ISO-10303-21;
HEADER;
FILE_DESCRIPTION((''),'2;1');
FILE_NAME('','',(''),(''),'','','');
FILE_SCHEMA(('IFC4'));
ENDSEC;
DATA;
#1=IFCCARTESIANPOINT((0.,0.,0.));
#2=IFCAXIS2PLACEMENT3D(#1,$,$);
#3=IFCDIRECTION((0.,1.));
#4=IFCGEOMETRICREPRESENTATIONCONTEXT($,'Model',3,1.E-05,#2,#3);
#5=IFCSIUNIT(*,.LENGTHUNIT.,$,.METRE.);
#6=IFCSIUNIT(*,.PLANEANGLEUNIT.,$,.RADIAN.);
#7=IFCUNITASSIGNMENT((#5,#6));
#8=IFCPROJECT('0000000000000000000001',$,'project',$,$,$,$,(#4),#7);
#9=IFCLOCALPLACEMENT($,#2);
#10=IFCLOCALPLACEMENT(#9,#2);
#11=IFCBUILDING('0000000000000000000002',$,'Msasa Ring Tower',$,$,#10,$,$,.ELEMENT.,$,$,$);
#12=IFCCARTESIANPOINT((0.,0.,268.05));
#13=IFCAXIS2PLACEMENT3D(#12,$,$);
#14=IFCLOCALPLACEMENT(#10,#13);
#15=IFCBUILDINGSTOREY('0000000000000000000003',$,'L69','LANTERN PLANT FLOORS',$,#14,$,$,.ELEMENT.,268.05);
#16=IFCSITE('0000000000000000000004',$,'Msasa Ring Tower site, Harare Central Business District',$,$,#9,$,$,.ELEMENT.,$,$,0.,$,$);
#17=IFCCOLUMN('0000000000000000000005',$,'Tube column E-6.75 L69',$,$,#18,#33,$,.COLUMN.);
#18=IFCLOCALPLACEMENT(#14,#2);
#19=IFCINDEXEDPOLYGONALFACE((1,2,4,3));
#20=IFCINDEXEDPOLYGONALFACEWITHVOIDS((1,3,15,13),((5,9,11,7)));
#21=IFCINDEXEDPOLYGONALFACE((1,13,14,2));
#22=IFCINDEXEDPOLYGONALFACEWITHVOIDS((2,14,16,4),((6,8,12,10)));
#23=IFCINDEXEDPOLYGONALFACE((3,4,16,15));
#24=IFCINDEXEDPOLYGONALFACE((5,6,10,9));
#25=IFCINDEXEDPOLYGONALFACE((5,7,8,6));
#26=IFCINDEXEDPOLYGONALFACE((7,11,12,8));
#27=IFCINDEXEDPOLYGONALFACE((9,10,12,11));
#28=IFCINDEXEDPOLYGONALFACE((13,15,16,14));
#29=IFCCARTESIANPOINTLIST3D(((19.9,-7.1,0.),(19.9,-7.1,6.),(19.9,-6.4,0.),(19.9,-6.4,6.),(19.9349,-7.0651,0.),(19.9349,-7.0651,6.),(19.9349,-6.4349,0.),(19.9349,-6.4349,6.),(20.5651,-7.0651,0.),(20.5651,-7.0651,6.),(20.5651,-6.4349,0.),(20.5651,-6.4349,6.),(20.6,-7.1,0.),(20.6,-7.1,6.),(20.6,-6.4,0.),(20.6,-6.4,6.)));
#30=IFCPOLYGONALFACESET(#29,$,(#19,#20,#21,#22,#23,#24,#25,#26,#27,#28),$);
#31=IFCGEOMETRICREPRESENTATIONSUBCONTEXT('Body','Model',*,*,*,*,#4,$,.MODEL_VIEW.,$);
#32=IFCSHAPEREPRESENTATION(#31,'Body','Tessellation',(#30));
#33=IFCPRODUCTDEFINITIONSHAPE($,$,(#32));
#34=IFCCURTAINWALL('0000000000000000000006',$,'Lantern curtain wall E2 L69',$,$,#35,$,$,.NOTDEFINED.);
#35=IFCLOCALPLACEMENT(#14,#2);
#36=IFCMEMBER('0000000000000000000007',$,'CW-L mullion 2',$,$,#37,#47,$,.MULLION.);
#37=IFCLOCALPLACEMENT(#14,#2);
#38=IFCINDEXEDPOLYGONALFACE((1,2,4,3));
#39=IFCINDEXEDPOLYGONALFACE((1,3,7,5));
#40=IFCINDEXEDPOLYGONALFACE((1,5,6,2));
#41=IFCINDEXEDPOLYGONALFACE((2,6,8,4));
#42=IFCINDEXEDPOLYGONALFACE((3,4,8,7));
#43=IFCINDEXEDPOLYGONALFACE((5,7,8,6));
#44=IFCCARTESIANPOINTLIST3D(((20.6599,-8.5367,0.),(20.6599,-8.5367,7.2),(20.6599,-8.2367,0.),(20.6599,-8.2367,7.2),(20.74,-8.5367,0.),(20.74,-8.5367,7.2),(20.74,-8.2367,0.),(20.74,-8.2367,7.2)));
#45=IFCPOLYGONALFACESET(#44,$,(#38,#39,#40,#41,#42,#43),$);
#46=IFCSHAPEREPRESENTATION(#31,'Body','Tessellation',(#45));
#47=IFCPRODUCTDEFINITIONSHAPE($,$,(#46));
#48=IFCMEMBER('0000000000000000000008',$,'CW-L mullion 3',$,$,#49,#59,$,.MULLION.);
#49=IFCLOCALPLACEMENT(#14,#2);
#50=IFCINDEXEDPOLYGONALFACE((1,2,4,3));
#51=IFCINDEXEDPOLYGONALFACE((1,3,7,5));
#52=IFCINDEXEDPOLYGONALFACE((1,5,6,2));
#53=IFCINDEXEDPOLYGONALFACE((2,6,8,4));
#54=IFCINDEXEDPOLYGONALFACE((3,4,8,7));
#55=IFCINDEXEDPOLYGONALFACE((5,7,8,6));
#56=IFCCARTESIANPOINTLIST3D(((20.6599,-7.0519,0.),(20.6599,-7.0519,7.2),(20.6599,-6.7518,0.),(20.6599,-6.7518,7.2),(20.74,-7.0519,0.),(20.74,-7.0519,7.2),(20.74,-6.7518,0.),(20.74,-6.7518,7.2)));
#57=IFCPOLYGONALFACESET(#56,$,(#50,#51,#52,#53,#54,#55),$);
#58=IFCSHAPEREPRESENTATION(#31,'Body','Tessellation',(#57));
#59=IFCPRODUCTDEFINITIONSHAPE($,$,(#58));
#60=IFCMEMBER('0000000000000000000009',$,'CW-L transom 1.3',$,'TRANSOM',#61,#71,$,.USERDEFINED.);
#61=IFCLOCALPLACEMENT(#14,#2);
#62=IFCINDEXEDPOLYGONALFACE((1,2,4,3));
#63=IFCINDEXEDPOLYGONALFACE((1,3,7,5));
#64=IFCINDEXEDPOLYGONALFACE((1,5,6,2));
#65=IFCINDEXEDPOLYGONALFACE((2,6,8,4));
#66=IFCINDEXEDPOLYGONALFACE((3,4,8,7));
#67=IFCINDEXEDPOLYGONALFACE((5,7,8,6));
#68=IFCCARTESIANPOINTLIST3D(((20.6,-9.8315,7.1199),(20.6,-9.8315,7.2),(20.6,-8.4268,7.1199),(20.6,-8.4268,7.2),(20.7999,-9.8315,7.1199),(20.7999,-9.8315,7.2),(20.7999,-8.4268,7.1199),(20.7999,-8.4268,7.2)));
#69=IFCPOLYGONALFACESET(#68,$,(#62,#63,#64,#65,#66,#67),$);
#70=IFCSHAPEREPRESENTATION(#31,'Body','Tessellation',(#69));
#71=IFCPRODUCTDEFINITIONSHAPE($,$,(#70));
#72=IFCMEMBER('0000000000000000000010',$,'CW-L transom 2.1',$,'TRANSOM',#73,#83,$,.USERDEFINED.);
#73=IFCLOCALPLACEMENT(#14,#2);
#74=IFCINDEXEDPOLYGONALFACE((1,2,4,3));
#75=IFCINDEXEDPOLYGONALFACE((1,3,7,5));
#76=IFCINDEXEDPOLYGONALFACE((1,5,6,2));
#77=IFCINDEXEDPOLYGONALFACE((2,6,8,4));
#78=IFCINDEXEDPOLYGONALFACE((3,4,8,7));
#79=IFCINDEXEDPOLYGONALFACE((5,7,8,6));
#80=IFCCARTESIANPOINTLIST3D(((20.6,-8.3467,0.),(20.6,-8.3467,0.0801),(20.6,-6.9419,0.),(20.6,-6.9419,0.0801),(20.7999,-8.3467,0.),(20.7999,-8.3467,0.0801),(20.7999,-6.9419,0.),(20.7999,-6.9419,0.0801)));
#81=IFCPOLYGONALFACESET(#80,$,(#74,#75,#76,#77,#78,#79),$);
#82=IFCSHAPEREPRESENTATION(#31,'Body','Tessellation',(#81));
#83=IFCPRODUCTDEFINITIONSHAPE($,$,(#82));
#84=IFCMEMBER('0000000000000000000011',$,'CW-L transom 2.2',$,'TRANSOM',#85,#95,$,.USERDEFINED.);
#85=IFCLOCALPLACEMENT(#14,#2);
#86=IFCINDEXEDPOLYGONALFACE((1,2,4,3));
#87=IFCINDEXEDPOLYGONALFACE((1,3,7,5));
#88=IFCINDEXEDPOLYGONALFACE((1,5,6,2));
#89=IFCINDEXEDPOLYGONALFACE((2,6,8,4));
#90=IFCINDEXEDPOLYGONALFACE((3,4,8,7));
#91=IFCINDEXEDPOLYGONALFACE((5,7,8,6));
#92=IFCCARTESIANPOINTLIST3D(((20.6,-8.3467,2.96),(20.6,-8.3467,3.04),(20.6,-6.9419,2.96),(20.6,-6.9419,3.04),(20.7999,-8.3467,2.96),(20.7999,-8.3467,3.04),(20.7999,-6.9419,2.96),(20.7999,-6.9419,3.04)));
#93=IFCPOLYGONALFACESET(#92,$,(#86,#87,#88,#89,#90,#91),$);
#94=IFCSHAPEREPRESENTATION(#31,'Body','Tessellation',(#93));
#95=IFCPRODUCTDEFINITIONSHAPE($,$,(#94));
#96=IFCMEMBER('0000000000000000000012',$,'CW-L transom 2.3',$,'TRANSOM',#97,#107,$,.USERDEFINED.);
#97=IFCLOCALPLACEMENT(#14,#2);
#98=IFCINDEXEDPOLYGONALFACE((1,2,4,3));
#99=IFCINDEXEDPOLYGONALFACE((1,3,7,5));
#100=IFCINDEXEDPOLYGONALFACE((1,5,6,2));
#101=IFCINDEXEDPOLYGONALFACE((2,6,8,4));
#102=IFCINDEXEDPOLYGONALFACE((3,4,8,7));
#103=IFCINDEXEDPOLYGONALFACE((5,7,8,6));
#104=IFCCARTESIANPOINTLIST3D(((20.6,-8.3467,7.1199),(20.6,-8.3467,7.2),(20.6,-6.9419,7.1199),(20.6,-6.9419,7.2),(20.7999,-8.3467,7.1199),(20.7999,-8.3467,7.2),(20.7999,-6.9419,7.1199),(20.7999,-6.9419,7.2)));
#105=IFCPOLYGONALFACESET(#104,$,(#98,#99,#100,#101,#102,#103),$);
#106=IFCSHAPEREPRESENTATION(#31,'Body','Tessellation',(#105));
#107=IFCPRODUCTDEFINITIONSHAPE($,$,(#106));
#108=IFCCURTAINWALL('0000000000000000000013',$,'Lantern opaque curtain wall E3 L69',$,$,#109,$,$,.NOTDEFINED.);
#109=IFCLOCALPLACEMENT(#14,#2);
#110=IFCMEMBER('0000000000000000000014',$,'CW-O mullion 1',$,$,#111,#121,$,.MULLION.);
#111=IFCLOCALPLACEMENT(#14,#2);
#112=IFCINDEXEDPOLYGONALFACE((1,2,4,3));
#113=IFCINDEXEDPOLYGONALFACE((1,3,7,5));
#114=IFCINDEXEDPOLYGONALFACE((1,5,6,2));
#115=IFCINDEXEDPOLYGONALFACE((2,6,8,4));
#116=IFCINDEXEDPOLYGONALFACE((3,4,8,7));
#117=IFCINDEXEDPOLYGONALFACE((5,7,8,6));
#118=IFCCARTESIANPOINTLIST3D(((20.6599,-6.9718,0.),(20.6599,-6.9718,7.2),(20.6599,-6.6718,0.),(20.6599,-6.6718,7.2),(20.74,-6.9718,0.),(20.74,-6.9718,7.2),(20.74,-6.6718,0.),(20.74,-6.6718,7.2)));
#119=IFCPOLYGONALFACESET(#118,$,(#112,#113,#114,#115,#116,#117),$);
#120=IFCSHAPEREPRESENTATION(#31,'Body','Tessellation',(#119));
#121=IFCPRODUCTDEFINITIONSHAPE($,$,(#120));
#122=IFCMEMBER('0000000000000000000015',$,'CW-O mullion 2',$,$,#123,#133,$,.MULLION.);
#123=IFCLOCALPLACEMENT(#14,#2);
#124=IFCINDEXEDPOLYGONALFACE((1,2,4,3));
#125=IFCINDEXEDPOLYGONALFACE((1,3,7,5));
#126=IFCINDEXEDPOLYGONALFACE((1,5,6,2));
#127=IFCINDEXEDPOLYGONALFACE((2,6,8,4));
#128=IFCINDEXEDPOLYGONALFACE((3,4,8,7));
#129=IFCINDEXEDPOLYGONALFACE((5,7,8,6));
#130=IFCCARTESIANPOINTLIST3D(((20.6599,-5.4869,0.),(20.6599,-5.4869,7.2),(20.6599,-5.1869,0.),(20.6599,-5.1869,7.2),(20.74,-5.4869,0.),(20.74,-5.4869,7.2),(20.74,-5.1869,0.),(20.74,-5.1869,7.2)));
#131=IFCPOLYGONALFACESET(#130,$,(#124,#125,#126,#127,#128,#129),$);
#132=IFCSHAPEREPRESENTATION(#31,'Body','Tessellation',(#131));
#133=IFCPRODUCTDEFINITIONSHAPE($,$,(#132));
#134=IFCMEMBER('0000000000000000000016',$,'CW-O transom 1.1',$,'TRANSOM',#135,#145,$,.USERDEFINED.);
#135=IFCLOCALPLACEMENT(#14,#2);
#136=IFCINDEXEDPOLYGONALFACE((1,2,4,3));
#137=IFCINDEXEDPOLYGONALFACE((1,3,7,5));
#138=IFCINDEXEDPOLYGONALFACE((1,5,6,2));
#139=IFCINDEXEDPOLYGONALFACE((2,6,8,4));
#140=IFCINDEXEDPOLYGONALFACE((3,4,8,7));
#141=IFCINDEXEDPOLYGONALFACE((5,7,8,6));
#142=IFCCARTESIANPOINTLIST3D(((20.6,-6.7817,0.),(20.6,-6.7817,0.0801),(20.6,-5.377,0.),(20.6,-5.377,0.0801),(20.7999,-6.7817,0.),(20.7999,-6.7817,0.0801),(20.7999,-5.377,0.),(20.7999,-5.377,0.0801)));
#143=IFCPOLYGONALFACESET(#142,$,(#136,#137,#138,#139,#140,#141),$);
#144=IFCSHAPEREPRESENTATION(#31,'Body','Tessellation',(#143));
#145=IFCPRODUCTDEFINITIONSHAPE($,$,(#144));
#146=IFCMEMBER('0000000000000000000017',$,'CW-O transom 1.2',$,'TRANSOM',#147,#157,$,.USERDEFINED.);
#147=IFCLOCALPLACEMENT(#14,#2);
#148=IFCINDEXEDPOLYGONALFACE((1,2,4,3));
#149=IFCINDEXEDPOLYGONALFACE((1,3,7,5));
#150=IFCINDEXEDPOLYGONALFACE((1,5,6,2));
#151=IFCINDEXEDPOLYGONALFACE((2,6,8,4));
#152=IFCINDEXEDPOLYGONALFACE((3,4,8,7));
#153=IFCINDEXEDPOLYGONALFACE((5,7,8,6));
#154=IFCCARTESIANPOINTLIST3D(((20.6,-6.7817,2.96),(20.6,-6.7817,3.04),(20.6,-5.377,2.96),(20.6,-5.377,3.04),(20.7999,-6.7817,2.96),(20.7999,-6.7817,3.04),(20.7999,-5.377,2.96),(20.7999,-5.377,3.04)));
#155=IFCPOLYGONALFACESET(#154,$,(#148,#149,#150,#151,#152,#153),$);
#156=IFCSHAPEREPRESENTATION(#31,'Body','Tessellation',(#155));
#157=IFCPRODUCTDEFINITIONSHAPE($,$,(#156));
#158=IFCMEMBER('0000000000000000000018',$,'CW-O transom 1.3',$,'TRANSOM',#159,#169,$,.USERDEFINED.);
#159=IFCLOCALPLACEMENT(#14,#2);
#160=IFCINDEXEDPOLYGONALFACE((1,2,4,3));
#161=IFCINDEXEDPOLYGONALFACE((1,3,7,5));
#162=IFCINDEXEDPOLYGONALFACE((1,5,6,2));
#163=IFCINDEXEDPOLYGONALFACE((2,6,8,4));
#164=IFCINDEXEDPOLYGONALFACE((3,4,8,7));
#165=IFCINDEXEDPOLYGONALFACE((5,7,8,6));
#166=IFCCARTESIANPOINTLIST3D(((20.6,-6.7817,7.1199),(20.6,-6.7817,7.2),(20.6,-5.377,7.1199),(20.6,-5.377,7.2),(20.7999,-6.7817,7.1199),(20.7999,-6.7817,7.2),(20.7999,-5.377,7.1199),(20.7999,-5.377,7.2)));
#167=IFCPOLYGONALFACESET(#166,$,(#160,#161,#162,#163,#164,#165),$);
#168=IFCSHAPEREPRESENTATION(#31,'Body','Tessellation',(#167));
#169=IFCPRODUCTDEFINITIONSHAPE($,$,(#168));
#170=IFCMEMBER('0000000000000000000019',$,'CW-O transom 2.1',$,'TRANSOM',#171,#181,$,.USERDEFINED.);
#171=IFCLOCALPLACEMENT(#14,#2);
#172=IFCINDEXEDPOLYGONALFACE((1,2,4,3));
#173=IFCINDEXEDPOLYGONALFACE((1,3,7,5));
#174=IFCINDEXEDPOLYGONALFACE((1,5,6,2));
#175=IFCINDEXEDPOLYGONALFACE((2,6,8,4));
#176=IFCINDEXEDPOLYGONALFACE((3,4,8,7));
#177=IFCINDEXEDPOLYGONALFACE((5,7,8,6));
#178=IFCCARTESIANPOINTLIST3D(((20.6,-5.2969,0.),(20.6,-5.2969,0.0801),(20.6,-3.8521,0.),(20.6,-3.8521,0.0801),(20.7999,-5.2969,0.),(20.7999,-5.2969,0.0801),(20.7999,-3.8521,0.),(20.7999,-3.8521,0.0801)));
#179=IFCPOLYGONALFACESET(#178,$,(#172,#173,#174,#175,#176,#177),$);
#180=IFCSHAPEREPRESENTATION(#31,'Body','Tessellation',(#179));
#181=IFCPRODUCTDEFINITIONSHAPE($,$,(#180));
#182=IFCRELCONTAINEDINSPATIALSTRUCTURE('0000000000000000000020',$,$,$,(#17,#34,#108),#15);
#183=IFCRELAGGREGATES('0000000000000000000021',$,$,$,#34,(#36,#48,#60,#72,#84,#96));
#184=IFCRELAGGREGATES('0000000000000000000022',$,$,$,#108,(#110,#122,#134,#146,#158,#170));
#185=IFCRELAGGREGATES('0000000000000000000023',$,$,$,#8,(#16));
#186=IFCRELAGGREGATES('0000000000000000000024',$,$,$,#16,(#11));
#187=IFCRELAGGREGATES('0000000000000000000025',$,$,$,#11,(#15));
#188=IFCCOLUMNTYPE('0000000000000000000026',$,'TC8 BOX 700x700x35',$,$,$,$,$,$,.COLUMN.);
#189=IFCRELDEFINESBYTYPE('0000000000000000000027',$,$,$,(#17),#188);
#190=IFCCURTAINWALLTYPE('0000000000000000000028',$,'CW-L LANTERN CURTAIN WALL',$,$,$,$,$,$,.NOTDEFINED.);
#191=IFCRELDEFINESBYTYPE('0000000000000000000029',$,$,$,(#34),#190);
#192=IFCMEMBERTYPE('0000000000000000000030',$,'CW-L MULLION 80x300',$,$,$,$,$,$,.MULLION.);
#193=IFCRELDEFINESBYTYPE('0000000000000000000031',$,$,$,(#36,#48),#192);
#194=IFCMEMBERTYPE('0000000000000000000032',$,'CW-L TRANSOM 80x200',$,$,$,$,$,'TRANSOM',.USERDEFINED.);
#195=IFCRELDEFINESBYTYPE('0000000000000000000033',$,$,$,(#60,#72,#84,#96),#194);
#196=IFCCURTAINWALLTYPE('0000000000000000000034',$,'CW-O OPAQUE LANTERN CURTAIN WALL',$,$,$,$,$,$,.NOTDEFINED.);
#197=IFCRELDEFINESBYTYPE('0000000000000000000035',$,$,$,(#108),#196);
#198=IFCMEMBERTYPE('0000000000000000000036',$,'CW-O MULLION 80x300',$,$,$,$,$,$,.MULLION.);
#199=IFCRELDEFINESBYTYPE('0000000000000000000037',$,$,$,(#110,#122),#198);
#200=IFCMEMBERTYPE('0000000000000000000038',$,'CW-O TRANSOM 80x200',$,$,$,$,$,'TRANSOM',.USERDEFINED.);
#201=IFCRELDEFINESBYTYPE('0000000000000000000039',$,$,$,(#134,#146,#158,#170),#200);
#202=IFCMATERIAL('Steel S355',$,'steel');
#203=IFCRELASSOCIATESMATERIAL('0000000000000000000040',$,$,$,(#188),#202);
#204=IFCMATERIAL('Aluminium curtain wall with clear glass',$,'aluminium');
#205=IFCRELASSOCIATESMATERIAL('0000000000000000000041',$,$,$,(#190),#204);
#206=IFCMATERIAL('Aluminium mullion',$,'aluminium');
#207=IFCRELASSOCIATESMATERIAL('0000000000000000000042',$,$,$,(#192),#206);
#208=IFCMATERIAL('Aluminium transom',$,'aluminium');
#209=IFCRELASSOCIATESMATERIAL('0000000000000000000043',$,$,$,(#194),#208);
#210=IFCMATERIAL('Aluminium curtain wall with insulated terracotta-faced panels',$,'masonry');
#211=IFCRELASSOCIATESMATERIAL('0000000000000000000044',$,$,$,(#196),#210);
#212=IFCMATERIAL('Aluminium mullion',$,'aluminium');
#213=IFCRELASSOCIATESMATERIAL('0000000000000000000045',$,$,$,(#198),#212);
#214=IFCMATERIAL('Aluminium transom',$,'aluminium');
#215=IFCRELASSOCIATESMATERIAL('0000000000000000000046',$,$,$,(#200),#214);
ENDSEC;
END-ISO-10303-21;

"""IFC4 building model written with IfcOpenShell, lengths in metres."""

from ifc_helpers import new_model, si_unit, direction, frame, origin, origin_2d, place, context, subcontext, project, spatial, rectangle, hollow_rectangle, extrude, material, material_profile, profile_set, type_object, element, aggregate, save


model = new_model("IFC4")

# Units and contexts
model_context = context("Model", 3, precision=1e-05, world=origin(), true_north=direction((0.0, 1.0)))
body_context = subcontext(model_context, "Body", "Model", "MODEL_VIEW")
ifc_project = project(units=[si_unit("LENGTHUNIT", "METRE"), si_unit("PLANEANGLEUNIT", "RADIAN")], contexts=[model_context])

# Site, building, storey
site_placement = place(None, origin())
site = spatial("IfcSite", under=ifc_project, at=site_placement, Name="Msasa Ring Tower site, Harare Central Business District", CompositionType="ELEMENT", RefElevation=0.0)
building_placement = place(site_placement, origin())
building = spatial("IfcBuilding", under=site, at=building_placement, Name="Msasa Ring Tower", CompositionType="ELEMENT")
storey_placement = place(building_placement, frame((0.0, 0.0, 268.05)))
storey = spatial("IfcBuildingStorey", under=building, at=storey_placement, Name="L69", Description="LANTERN PLANT FLOORS", CompositionType="ELEMENT", Elevation=268.05)

# Column
ifc_material_1 = material(Name="Steel S355", Category="steel")
ifc_material_profile_1 = material_profile(ifc_material_1, hollow_rectangle(XDim=0.7, YDim=0.7, WallThickness=0.0349, at=origin_2d()), Name="BOX 700x700x35")
ifc_profile_set_1 = profile_set([ifc_material_profile_1], Name="Steel S355")
column_type = type_object("IfcColumnType", Name="TC8 BOX 700x700x35", PredefinedType="COLUMN", material=ifc_profile_set_1)
column_placement = place(storey_placement, frame((20.25, -6.75, 0.0), z_axis=(0.0, 0.0, 1.0), x_axis=(1.0, 0.0, 0.0)))
element("IfcColumn", 1, at=column_placement, inside=storey, type_object=column_type, Name="Tube column E-6.75 L69", PredefinedType="COLUMN", context=body_context, shape_type="SweptSolid", body=[
    extrude(hollow_rectangle(XDim=0.7, YDim=0.7, WallThickness=0.0349, at=origin_2d()), origin(), (0.0, 0.0, 1.0), 6.0),
])

# Curtain walls, members
ifc_material_2 = material(Name="Aluminium curtain wall with clear glass", Category="aluminium")
curtain_wall_type_1 = type_object("IfcCurtainWallType", Name="CW-L LANTERN CURTAIN WALL", PredefinedType="NOTDEFINED", material=ifc_material_2)
curtain_wall_1_placement = place(storey_placement, origin())
curtain_wall_1 = element("IfcCurtainWall", 2, at=curtain_wall_1_placement, inside=storey, type_object=curtain_wall_type_1, Name="Lantern curtain wall E2 L69", PredefinedType="NOTDEFINED")
ifc_material_3 = material(Name="Aluminium mullion", Category="aluminium")
ifc_material_profile_2 = material_profile(ifc_material_3, rectangle(XDim=0.0801, YDim=0.3, at=origin_2d()), Name="AL 80x300")
ifc_profile_set_2 = profile_set([ifc_material_profile_2], Name="Aluminium mullion")
member_type_1 = type_object("IfcMemberType", Name="CW-L MULLION 80x300", PredefinedType="MULLION", material=ifc_profile_set_2)
member_1_placement = place(storey_placement, frame((20.7, -8.3867, 0.0), z_axis=(0.0, 0.0, 1.0), x_axis=(-1.0, 0.0, 0.0)))
member_1 = element("IfcMember", 3, at=member_1_placement, type_object=member_type_1, Name="CW-L mullion 2", PredefinedType="MULLION", context=body_context, shape_type="SweptSolid", body=[
    extrude(rectangle(XDim=0.0801, YDim=0.3, at=origin_2d()), origin(), (0.0, 0.0, 1.0), 7.2),
])
member_2_placement = place(storey_placement, frame((20.7, -6.9019, 0.0), z_axis=(0.0, 0.0, 1.0), x_axis=(-1.0, 0.0, 0.0)))
member_2 = element("IfcMember", 4, at=member_2_placement, type_object=member_type_1, Name="CW-L mullion 3", PredefinedType="MULLION", context=body_context, shape_type="SweptSolid", body=[
    extrude(rectangle(XDim=0.0801, YDim=0.3, at=origin_2d()), origin(), (0.0, 0.0, 1.0), 7.2),
])
ifc_material_4 = material(Name="Aluminium transom", Category="aluminium")
ifc_material_profile_3 = material_profile(ifc_material_4, rectangle(XDim=0.2, YDim=0.0801, at=origin_2d()), Name="AL 80x200")
ifc_profile_set_3 = profile_set([ifc_material_profile_3], Name="Aluminium transom")
member_type_2 = type_object("IfcMemberType", Name="CW-L TRANSOM 80x200", ElementType="TRANSOM", PredefinedType="USERDEFINED", material=ifc_profile_set_3)
member_3_placement = place(storey_placement, frame((20.7, -9.8315, 7.1599), z_axis=(0.0, 1.0, 0.0), x_axis=(-1.0, 0.0, 0.0)))
member_3 = element("IfcMember", 5, at=member_3_placement, type_object=member_type_2, Name="CW-L transom 1.3", ObjectType="TRANSOM", PredefinedType="USERDEFINED", context=body_context, shape_type="SweptSolid", body=[
    extrude(rectangle(XDim=0.2, YDim=0.0801, at=origin_2d()), origin(), (0.0, 0.0, 1.0), 1.4048),
])
member_4_placement = place(storey_placement, frame((20.7, -8.3467, 0.04), z_axis=(0.0, 1.0, 0.0), x_axis=(-1.0, 0.0, 0.0)))
member_4 = element("IfcMember", 6, at=member_4_placement, type_object=member_type_2, Name="CW-L transom 2.1", ObjectType="TRANSOM", PredefinedType="USERDEFINED", context=body_context, shape_type="SweptSolid", body=[
    extrude(rectangle(XDim=0.2, YDim=0.0801, at=origin_2d()), origin(), (0.0, 0.0, 1.0), 1.4048),
])
member_5_placement = place(storey_placement, frame((20.7, -8.3467, 3.0), z_axis=(0.0, 1.0, 0.0), x_axis=(-1.0, 0.0, 0.0)))
member_5 = element("IfcMember", 7, at=member_5_placement, type_object=member_type_2, Name="CW-L transom 2.2", ObjectType="TRANSOM", PredefinedType="USERDEFINED", context=body_context, shape_type="SweptSolid", body=[
    extrude(rectangle(XDim=0.2, YDim=0.0801, at=origin_2d()), origin(), (0.0, 0.0, 1.0), 1.4048),
])
member_6_placement = place(storey_placement, frame((20.7, -8.3467, 7.1599), z_axis=(0.0, 1.0, 0.0), x_axis=(-1.0, 0.0, 0.0)))
member_6 = element("IfcMember", 8, at=member_6_placement, type_object=member_type_2, Name="CW-L transom 2.3", ObjectType="TRANSOM", PredefinedType="USERDEFINED", context=body_context, shape_type="SweptSolid", body=[
    extrude(rectangle(XDim=0.2, YDim=0.0801, at=origin_2d()), origin(), (0.0, 0.0, 1.0), 1.4048),
])
ifc_material_5 = material(Name="Aluminium curtain wall with insulated terracotta-faced panels", Category="masonry")
curtain_wall_type_2 = type_object("IfcCurtainWallType", Name="CW-O OPAQUE LANTERN CURTAIN WALL", PredefinedType="NOTDEFINED", material=ifc_material_5)
curtain_wall_2_placement = place(storey_placement, origin())
curtain_wall_2 = element("IfcCurtainWall", 9, at=curtain_wall_2_placement, inside=storey, type_object=curtain_wall_type_2, Name="Lantern opaque curtain wall E3 L69", PredefinedType="NOTDEFINED")
ifc_material_6 = material(Name="Aluminium mullion", Category="aluminium")
ifc_material_profile_4 = material_profile(ifc_material_6, rectangle(XDim=0.0801, YDim=0.3, at=origin_2d()), Name="AL 80x300")
ifc_profile_set_4 = profile_set([ifc_material_profile_4], Name="Aluminium mullion")
member_type_3 = type_object("IfcMemberType", Name="CW-O MULLION 80x300", PredefinedType="MULLION", material=ifc_profile_set_4)
member_7_placement = place(storey_placement, frame((20.7, -6.8218, 0.0), z_axis=(0.0, 0.0, 1.0), x_axis=(-1.0, 0.0, 0.0)))
member_7 = element("IfcMember", 10, at=member_7_placement, type_object=member_type_3, Name="CW-O mullion 1", PredefinedType="MULLION", context=body_context, shape_type="SweptSolid", body=[
    extrude(rectangle(XDim=0.0801, YDim=0.3, at=origin_2d()), origin(), (0.0, 0.0, 1.0), 7.2),
])
member_8_placement = place(storey_placement, frame((20.7, -5.3369, 0.0), z_axis=(0.0, 0.0, 1.0), x_axis=(-1.0, 0.0, 0.0)))
member_8 = element("IfcMember", 11, at=member_8_placement, type_object=member_type_3, Name="CW-O mullion 2", PredefinedType="MULLION", context=body_context, shape_type="SweptSolid", body=[
    extrude(rectangle(XDim=0.0801, YDim=0.3, at=origin_2d()), origin(), (0.0, 0.0, 1.0), 7.2),
])
ifc_material_7 = material(Name="Aluminium transom", Category="aluminium")
ifc_material_profile_5 = material_profile(ifc_material_7, rectangle(XDim=0.2, YDim=0.0801, at=origin_2d()), Name="AL 80x200")
ifc_profile_set_5 = profile_set([ifc_material_profile_5], Name="Aluminium transom")
member_type_4 = type_object("IfcMemberType", Name="CW-O TRANSOM 80x200", ElementType="TRANSOM", PredefinedType="USERDEFINED", material=ifc_profile_set_5)
member_9_placement = place(storey_placement, frame((20.7, -6.7817, 0.04), z_axis=(0.0, 1.0, 0.0), x_axis=(-1.0, 0.0, 0.0)))
member_9 = element("IfcMember", 12, at=member_9_placement, type_object=member_type_4, Name="CW-O transom 1.1", ObjectType="TRANSOM", PredefinedType="USERDEFINED", context=body_context, shape_type="SweptSolid", body=[
    extrude(rectangle(XDim=0.2, YDim=0.0801, at=origin_2d()), origin(), (0.0, 0.0, 1.0), 1.4048),
])
member_10_placement = place(storey_placement, frame((20.7, -6.7817, 3.0), z_axis=(0.0, 1.0, 0.0), x_axis=(-1.0, 0.0, 0.0)))
member_10 = element("IfcMember", 13, at=member_10_placement, type_object=member_type_4, Name="CW-O transom 1.2", ObjectType="TRANSOM", PredefinedType="USERDEFINED", context=body_context, shape_type="SweptSolid", body=[
    extrude(rectangle(XDim=0.2, YDim=0.0801, at=origin_2d()), origin(), (0.0, 0.0, 1.0), 1.4048),
])
member_11_placement = place(storey_placement, frame((20.7, -6.7817, 7.1599), z_axis=(0.0, 1.0, 0.0), x_axis=(-1.0, 0.0, 0.0)))
member_11 = element("IfcMember", 14, at=member_11_placement, type_object=member_type_4, Name="CW-O transom 1.3", ObjectType="TRANSOM", PredefinedType="USERDEFINED", context=body_context, shape_type="SweptSolid", body=[
    extrude(rectangle(XDim=0.2, YDim=0.0801, at=origin_2d()), origin(), (0.0, 0.0, 1.0), 1.4048),
])
member_12_placement = place(storey_placement, frame((20.7, -5.2969, 0.04), z_axis=(0.0, 1.0, 0.0), x_axis=(-1.0, 0.0, 0.0)))
member_12 = element("IfcMember", 15, at=member_12_placement, type_object=member_type_4, Name="CW-O transom 2.1", ObjectType="TRANSOM", PredefinedType="USERDEFINED", context=body_context, shape_type="SweptSolid", body=[
    extrude(rectangle(XDim=0.2, YDim=0.0801, at=origin_2d()), origin(), (0.0, 0.0, 1.0), 1.4448),
])

aggregate(curtain_wall_1, [member_1, member_2, member_3, member_4, member_5, member_6])
aggregate(curtain_wall_2, [member_7, member_8, member_9, member_10, member_11, member_12])

save(model, "model.ifc")
